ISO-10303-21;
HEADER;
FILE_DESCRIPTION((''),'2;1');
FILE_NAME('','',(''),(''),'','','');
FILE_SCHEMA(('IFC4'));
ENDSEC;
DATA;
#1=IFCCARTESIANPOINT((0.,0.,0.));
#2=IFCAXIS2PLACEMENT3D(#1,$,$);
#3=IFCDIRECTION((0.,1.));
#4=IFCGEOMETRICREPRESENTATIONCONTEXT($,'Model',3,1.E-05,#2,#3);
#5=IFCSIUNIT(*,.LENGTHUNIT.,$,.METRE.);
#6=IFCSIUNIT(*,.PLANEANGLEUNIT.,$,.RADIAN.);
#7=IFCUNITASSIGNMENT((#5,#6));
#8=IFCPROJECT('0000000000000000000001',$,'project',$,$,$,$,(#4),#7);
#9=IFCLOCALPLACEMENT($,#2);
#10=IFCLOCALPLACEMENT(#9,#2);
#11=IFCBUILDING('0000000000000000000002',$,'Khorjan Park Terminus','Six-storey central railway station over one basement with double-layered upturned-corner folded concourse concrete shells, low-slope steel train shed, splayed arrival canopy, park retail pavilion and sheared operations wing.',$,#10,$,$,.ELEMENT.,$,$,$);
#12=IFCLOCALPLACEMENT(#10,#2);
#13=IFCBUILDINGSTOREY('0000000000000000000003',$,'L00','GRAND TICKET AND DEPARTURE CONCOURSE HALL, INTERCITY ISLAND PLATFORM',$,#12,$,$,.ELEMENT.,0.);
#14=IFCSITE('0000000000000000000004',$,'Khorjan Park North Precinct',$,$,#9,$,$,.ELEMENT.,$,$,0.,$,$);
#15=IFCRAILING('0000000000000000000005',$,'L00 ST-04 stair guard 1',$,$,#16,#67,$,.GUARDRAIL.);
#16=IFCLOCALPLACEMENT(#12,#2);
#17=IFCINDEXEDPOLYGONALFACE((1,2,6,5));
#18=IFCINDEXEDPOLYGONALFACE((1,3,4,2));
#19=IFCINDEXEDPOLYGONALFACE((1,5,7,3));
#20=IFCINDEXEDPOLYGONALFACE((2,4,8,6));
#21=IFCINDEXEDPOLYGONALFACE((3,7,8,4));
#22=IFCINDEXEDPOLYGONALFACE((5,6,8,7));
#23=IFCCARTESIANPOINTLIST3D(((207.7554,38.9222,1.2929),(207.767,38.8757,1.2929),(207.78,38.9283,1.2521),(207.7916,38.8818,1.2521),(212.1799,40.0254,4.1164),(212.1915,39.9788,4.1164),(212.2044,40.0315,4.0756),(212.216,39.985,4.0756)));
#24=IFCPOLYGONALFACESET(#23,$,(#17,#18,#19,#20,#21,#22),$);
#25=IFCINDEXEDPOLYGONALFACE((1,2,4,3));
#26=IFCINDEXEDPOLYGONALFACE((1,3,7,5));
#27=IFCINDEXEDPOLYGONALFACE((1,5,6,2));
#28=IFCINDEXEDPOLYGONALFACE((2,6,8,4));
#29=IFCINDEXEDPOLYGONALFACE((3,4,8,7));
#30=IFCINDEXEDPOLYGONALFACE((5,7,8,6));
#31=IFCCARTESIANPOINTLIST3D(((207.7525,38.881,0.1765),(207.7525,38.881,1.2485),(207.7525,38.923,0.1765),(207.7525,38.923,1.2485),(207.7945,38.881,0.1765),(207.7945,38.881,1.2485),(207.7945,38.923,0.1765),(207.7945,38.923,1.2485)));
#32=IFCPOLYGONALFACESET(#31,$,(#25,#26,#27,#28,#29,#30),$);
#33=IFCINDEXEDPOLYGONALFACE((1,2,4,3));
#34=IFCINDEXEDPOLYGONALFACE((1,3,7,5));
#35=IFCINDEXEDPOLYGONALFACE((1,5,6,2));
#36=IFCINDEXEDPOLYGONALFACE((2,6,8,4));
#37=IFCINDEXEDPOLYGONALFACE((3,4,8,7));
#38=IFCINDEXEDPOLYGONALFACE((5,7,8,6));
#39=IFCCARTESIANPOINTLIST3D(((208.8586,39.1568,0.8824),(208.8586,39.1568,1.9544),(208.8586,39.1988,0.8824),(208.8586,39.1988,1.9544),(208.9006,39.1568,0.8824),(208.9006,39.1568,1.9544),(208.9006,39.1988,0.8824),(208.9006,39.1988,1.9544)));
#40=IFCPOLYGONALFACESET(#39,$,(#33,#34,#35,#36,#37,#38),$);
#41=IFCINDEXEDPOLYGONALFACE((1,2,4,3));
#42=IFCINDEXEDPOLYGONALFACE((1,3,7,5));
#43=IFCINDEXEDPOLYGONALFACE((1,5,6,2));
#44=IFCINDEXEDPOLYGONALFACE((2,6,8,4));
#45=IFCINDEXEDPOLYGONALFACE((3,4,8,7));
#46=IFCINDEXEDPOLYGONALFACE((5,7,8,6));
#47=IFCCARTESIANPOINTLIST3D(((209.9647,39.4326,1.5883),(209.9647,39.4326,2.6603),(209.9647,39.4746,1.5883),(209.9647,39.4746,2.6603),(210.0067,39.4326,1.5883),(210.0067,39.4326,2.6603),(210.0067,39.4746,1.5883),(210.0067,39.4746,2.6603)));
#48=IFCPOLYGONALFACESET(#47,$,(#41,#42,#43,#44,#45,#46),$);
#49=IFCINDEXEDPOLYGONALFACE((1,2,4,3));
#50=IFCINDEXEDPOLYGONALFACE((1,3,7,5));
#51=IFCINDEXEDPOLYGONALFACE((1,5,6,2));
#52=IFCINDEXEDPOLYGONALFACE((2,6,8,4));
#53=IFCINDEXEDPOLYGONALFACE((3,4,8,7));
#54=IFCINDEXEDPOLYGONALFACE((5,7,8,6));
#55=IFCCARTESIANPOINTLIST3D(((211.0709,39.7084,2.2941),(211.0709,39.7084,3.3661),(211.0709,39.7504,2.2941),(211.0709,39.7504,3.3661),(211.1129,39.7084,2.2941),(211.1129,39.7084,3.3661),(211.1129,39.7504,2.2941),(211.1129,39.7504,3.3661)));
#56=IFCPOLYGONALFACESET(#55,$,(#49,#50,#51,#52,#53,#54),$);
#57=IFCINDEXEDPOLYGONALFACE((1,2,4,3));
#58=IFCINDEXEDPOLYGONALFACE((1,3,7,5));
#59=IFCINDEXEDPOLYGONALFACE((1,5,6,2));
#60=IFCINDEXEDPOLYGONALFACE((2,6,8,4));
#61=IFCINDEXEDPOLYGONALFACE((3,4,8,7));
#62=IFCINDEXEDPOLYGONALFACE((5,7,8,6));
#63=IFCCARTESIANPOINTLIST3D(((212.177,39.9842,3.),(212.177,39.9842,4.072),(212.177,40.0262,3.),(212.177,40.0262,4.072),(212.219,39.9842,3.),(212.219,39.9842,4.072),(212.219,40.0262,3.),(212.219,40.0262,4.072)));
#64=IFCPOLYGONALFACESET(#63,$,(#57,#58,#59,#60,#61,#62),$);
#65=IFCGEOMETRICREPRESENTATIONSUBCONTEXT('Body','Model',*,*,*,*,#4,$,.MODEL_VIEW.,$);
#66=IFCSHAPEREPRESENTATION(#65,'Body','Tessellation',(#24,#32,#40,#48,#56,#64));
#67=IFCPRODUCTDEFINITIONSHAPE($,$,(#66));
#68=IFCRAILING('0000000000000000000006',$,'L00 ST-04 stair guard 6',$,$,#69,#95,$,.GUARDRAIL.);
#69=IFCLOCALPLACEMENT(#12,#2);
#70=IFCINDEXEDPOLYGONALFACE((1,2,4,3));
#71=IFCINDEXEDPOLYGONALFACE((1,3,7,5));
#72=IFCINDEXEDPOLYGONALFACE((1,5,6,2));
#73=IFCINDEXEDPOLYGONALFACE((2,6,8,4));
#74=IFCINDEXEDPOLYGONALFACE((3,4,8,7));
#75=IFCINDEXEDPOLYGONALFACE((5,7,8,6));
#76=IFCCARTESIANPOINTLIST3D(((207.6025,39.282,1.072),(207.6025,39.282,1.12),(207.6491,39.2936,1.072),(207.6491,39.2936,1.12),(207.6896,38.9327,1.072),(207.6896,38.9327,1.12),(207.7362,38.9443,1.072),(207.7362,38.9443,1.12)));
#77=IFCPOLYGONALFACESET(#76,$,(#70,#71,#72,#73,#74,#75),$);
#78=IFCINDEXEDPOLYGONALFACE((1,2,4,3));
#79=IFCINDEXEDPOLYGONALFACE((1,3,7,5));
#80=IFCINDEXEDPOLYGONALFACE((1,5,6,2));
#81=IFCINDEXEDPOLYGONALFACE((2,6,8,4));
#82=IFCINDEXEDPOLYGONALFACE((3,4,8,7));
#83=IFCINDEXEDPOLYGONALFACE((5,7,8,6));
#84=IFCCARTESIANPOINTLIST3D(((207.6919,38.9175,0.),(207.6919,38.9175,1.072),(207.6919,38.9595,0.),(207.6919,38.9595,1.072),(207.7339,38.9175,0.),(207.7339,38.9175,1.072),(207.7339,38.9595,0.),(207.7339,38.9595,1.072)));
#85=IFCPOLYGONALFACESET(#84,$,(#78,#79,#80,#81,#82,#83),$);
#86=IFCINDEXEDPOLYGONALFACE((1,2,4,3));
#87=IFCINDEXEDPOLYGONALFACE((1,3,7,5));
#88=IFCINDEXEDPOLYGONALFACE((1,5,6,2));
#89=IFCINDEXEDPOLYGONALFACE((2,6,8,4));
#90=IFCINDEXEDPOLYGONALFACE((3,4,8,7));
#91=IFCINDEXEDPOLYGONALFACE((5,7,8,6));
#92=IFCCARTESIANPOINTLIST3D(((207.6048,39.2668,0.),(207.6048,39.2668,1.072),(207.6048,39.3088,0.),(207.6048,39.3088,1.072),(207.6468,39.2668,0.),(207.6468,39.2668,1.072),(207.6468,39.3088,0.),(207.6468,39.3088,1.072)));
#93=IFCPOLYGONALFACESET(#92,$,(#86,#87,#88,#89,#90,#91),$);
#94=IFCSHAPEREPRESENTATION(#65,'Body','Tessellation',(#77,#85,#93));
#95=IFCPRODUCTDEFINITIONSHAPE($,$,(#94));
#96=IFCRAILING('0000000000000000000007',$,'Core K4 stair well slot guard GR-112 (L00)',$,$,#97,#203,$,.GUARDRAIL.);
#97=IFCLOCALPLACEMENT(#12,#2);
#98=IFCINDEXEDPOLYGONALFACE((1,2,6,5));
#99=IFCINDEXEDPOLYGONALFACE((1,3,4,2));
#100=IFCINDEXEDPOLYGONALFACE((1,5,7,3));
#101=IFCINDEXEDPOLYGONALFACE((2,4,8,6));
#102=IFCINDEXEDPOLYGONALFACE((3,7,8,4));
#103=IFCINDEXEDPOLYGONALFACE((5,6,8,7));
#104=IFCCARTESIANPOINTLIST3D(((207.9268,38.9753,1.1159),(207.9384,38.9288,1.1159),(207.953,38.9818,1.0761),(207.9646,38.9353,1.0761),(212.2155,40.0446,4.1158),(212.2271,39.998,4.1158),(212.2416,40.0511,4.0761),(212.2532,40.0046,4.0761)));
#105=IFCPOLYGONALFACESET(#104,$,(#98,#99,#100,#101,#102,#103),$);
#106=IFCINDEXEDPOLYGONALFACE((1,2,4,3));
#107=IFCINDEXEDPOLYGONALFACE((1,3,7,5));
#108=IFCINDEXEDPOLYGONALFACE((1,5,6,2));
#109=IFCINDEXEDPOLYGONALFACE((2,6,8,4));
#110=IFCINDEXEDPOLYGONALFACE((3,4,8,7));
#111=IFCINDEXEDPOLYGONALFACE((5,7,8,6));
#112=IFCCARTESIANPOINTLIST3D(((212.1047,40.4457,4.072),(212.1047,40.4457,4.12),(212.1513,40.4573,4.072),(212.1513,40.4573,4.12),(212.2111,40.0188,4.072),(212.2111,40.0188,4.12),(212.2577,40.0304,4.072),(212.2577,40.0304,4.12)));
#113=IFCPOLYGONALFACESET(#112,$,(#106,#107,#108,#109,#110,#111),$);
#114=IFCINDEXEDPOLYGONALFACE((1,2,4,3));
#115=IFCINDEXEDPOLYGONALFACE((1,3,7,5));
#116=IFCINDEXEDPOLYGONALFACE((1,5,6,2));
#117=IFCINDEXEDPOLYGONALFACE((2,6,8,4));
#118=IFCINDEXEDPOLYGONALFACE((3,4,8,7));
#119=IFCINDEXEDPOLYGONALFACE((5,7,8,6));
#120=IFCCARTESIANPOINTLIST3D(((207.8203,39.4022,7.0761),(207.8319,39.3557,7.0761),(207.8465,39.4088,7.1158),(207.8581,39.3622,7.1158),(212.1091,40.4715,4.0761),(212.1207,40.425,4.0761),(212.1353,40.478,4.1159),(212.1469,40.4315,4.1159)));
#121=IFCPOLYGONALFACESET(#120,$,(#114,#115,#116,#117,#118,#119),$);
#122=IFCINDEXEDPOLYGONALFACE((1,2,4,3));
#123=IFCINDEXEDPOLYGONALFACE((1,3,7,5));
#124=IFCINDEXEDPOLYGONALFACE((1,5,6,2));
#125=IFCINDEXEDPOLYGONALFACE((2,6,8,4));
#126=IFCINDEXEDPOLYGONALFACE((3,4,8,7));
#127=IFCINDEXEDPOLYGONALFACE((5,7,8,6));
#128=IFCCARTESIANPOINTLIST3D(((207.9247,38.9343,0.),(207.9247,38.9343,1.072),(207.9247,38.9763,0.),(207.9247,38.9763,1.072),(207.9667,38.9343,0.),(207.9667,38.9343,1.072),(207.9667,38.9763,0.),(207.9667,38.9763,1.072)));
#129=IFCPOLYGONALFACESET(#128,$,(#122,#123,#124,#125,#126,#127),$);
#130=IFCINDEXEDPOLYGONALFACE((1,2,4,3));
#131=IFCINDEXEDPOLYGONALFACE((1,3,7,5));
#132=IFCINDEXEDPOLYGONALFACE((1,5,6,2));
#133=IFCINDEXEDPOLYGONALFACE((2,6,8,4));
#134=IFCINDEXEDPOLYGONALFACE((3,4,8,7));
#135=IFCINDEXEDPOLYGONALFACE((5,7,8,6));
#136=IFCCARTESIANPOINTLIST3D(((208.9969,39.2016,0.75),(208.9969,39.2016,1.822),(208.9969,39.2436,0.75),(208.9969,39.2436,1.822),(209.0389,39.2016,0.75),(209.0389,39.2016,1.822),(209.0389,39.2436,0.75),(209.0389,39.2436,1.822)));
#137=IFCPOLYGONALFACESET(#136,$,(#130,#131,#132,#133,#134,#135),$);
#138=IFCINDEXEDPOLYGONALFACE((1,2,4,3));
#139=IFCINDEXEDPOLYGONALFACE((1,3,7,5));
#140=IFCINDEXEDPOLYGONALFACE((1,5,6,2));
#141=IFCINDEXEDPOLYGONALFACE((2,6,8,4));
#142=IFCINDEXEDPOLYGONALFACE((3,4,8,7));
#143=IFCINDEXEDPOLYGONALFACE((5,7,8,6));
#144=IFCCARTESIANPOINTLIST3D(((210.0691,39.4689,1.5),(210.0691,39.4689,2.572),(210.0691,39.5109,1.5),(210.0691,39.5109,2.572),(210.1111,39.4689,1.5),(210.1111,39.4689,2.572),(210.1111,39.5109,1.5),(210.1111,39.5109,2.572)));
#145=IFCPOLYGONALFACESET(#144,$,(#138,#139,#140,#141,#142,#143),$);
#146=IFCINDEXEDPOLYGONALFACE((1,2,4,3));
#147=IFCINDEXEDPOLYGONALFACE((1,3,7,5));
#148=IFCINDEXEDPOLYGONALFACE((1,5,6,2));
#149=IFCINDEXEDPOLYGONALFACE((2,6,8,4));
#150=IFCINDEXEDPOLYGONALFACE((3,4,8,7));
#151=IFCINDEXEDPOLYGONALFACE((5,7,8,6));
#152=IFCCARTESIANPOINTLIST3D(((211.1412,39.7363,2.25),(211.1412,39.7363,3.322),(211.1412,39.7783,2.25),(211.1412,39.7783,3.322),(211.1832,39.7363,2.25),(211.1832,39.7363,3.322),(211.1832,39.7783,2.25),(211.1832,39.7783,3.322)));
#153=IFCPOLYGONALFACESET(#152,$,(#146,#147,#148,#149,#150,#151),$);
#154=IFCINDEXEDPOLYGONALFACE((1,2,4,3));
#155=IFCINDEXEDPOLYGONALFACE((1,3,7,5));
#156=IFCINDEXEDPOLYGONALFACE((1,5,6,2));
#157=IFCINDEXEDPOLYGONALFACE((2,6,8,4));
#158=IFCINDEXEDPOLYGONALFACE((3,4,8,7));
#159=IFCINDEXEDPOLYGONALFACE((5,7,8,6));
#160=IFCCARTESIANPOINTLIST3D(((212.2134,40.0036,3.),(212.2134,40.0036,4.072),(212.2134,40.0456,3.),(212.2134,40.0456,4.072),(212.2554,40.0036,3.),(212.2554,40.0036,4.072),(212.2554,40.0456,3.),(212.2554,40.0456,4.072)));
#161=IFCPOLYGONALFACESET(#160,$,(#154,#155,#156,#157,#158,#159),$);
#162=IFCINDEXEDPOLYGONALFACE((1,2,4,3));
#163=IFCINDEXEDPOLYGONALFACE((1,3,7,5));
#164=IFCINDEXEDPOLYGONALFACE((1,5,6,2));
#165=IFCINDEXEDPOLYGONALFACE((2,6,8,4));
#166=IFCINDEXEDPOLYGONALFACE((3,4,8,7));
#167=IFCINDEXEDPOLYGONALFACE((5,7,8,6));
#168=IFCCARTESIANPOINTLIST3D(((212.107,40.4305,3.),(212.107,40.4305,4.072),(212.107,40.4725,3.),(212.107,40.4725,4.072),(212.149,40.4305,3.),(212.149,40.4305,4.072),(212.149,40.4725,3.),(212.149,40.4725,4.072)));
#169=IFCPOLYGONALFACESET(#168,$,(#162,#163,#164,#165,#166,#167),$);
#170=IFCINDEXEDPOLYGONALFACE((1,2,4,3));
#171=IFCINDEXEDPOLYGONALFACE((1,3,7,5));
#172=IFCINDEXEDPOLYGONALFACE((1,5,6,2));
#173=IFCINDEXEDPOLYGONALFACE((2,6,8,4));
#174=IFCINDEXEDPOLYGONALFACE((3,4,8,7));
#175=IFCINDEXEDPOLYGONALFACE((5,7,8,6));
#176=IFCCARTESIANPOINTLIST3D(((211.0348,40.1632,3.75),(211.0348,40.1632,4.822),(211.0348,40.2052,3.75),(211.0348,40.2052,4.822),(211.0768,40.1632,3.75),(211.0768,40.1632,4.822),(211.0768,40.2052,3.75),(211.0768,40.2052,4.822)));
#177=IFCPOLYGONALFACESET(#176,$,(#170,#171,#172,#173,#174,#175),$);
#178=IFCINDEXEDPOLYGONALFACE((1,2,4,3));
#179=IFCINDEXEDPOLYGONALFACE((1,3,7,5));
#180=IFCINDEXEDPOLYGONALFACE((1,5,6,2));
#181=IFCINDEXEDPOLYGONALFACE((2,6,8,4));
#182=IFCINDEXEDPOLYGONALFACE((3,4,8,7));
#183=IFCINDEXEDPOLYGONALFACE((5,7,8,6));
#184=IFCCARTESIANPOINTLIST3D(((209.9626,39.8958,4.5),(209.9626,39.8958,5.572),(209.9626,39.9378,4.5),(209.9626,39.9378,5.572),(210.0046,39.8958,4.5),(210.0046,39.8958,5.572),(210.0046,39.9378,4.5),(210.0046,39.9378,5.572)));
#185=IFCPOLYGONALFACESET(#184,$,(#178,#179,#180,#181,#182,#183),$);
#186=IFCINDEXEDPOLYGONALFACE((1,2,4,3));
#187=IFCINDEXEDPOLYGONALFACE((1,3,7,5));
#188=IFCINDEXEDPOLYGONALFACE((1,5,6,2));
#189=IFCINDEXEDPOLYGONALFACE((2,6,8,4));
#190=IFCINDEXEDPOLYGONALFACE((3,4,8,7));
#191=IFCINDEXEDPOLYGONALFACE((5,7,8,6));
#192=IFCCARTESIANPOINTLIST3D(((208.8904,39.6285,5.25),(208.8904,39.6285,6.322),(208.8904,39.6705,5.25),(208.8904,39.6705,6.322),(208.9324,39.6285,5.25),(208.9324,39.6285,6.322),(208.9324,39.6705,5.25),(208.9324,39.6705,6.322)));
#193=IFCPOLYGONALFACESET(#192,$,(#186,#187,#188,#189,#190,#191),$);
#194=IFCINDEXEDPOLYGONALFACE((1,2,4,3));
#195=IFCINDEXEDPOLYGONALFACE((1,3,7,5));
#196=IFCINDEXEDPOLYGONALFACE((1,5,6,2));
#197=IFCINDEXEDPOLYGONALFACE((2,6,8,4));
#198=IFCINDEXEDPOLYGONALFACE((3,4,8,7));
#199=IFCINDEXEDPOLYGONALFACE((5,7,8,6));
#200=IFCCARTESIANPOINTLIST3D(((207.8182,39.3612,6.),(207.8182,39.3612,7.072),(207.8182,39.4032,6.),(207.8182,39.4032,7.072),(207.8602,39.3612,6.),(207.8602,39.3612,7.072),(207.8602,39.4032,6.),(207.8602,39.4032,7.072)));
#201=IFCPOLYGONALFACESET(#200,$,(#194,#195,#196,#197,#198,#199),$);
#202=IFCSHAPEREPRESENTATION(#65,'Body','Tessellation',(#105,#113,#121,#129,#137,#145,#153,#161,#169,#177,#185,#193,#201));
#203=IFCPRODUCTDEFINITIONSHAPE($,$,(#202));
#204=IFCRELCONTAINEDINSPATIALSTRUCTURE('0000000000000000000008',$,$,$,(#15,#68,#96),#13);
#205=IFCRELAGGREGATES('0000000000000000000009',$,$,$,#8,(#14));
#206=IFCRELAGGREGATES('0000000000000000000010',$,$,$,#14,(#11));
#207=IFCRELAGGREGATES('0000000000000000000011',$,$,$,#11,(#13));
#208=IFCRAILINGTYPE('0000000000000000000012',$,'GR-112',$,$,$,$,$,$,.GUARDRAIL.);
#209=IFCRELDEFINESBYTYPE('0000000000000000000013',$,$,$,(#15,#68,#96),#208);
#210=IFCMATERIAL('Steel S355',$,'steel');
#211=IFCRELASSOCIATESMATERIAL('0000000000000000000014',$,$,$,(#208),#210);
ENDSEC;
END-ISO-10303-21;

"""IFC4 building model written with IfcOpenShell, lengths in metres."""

from ifc_helpers import new_model, si_unit, direction, frame, origin, origin_2d, place, context, subcontext, project, spatial, rectangle, extrude, material, type_object, element, save


model = new_model("IFC4")

# Units and contexts
model_context = context("Model", 3, precision=1e-05, world=origin(), true_north=direction((0.0, 1.0)))
body_context = subcontext(model_context, "Body", "Model", "MODEL_VIEW")
ifc_project = project(units=[si_unit("LENGTHUNIT", "METRE"), si_unit("PLANEANGLEUNIT", "RADIAN")], contexts=[model_context])

# Site, building, storey
site_placement = place(None, origin())
site = spatial("IfcSite", under=ifc_project, at=site_placement, Name="Khorjan Park North Precinct", CompositionType="ELEMENT", RefElevation=0.0)
building_placement = place(site_placement, origin())
building = spatial("IfcBuilding", under=site, at=building_placement, Name="Khorjan Park Terminus", Description="Six-storey central railway station over one basement with double-layered upturned-corner folded concourse concrete shells, low-slope steel train shed, splayed arrival canopy, park retail pavilion and sheared operations wing.", CompositionType="ELEMENT")
storey_placement = place(building_placement, origin())
storey = spatial("IfcBuildingStorey", under=building, at=storey_placement, Name="L00", Description="GRAND TICKET AND DEPARTURE CONCOURSE HALL, INTERCITY ISLAND PLATFORM", CompositionType="ELEMENT", Elevation=0.0)

# Shared definitions
ifc_material_1 = material(Name="Steel S355", Category="steel")

# Railings
railing_type = type_object("IfcRailingType", Name="GR-112", PredefinedType="GUARDRAIL", material=ifc_material_1)
railing_1_placement = place(storey_placement, frame((207.7735, 38.902, 0.1765)))
element("IfcRailing", 1, at=railing_1_placement, inside=storey, type_object=railing_type, Name="L00 ST-04 stair guard 1", PredefinedType="GUARDRAIL", context=body_context, shape_type="SweptSolid", body=[
    extrude(rectangle(XDim=0.048, YDim=0.048, at=origin_2d()), frame((0.0, 0.0, 1.096), z_axis=(0.824953, 0.205693, 0.526444), x_axis=(-0.241932, 0.970293, 0.0)), (0.0, 0.0, 1.0), 5.3633),
    extrude(rectangle(XDim=0.042, YDim=0.042, at=origin_2d()), origin(), (0.0, 0.0, 1.0), 1.072),
    extrude(rectangle(XDim=0.042, YDim=0.042, at=origin_2d()), frame((1.1061, 0.2758, 0.7059)), (0.0, 0.0, 1.0), 1.072),
    extrude(rectangle(XDim=0.042, YDim=0.042, at=origin_2d()), frame((2.2122, 0.5516, 1.4118)), (0.0, 0.0, 1.0), 1.072),
    extrude(rectangle(XDim=0.042, YDim=0.042, at=origin_2d()), frame((3.3184, 0.8274, 2.1176)), (0.0, 0.0, 1.0), 1.072),
    extrude(rectangle(XDim=0.042, YDim=0.042, at=origin_2d()), frame((4.4245, 1.1032, 2.8235)), (0.0, 0.0, 1.0), 1.072),
])
railing_2_placement = place(storey_placement, frame((207.7129, 38.9385, 0.0)))
element("IfcRailing", 2, at=railing_2_placement, inside=storey, type_object=railing_type, Name="L00 ST-04 stair guard 6", PredefinedType="GUARDRAIL", context=body_context, shape_type="SweptSolid", body=[
    extrude(rectangle(XDim=0.048, YDim=0.048, at=origin_2d()), frame((0.0, 0.0, 1.096), z_axis=(-0.241947, 0.970289, 0.0), x_axis=(-0.970289, -0.241947, 0.0)), (0.0, 0.0, 1.0), 0.36),
    extrude(rectangle(XDim=0.042, YDim=0.042, at=origin_2d()), origin(), (0.0, 0.0, 1.0), 1.072),
    extrude(rectangle(XDim=0.042, YDim=0.042, at=origin_2d()), frame((-0.0871, 0.3493, 0.0)), (0.0, 0.0, 1.0), 1.072),
])
railing_3_placement = place(storey_placement, frame((207.9457, 38.9553, 0.0)))
element("IfcRailing", 3, at=railing_3_placement, inside=storey, type_object=railing_type, Name="Core K4 stair well slot guard GR-112 (L00)", PredefinedType="GUARDRAIL", context=body_context, shape_type="SweptSolid", body=[
    extrude(rectangle(XDim=0.048, YDim=0.048, at=origin_2d()), frame((0.0, 0.0, 1.096), z_axis=(0.802835, 0.200171, 0.561593), x_axis=(-0.241923, 0.970295, 0.0)), (0.0, 0.0, 1.0), 5.3419),
    extrude(rectangle(XDim=0.048, YDim=0.048, at=origin_2d()), frame((4.2887, 1.0693, 4.096), z_axis=(-0.24184, 0.970316, 0.0), x_axis=(-0.970316, -0.24184, 0.0)), (0.0, 0.0, 1.0), 0.44),
    extrude(rectangle(XDim=0.048, YDim=0.048, at=origin_2d()), frame((4.1823, 1.4962, 4.096), z_axis=(-0.802842, -0.200168, 0.561585), x_axis=(0.241918, -0.970297, 0.0)), (0.0, 0.0, 1.0), 5.342),
    extrude(rectangle(XDim=0.042, YDim=0.042, at=origin_2d()), origin(), (0.0, 0.0, 1.0), 1.072),
    extrude(rectangle(XDim=0.042, YDim=0.042, at=origin_2d()), frame((1.0722, 0.2673, 0.75)), (0.0, 0.0, 1.0), 1.072),
    extrude(rectangle(XDim=0.042, YDim=0.042, at=origin_2d()), frame((2.1444, 0.5346, 1.5)), (0.0, 0.0, 1.0), 1.072),
    extrude(rectangle(XDim=0.042, YDim=0.042, at=origin_2d()), frame((3.2165, 0.802, 2.25)), (0.0, 0.0, 1.0), 1.072),
    extrude(rectangle(XDim=0.042, YDim=0.042, at=origin_2d()), frame((4.2887, 1.0693, 3.0)), (0.0, 0.0, 1.0), 1.072),
    extrude(rectangle(XDim=0.042, YDim=0.042, at=origin_2d()), frame((4.1823, 1.4962, 3.0)), (0.0, 0.0, 1.0), 1.072),
    extrude(rectangle(XDim=0.042, YDim=0.042, at=origin_2d()), frame((3.1101, 1.2289, 3.75)), (0.0, 0.0, 1.0), 1.072),
    extrude(rectangle(XDim=0.042, YDim=0.042, at=origin_2d()), frame((2.0379, 0.9615, 4.5)), (0.0, 0.0, 1.0), 1.072),
    extrude(rectangle(XDim=0.042, YDim=0.042, at=origin_2d()), frame((0.9657, 0.6942, 5.25)), (0.0, 0.0, 1.0), 1.072),
    extrude(rectangle(XDim=0.042, YDim=0.042, at=origin_2d()), frame((-0.1065, 0.4269, 6.0)), (0.0, 0.0, 1.0), 1.072),
])

save(model, "model.ifc")
